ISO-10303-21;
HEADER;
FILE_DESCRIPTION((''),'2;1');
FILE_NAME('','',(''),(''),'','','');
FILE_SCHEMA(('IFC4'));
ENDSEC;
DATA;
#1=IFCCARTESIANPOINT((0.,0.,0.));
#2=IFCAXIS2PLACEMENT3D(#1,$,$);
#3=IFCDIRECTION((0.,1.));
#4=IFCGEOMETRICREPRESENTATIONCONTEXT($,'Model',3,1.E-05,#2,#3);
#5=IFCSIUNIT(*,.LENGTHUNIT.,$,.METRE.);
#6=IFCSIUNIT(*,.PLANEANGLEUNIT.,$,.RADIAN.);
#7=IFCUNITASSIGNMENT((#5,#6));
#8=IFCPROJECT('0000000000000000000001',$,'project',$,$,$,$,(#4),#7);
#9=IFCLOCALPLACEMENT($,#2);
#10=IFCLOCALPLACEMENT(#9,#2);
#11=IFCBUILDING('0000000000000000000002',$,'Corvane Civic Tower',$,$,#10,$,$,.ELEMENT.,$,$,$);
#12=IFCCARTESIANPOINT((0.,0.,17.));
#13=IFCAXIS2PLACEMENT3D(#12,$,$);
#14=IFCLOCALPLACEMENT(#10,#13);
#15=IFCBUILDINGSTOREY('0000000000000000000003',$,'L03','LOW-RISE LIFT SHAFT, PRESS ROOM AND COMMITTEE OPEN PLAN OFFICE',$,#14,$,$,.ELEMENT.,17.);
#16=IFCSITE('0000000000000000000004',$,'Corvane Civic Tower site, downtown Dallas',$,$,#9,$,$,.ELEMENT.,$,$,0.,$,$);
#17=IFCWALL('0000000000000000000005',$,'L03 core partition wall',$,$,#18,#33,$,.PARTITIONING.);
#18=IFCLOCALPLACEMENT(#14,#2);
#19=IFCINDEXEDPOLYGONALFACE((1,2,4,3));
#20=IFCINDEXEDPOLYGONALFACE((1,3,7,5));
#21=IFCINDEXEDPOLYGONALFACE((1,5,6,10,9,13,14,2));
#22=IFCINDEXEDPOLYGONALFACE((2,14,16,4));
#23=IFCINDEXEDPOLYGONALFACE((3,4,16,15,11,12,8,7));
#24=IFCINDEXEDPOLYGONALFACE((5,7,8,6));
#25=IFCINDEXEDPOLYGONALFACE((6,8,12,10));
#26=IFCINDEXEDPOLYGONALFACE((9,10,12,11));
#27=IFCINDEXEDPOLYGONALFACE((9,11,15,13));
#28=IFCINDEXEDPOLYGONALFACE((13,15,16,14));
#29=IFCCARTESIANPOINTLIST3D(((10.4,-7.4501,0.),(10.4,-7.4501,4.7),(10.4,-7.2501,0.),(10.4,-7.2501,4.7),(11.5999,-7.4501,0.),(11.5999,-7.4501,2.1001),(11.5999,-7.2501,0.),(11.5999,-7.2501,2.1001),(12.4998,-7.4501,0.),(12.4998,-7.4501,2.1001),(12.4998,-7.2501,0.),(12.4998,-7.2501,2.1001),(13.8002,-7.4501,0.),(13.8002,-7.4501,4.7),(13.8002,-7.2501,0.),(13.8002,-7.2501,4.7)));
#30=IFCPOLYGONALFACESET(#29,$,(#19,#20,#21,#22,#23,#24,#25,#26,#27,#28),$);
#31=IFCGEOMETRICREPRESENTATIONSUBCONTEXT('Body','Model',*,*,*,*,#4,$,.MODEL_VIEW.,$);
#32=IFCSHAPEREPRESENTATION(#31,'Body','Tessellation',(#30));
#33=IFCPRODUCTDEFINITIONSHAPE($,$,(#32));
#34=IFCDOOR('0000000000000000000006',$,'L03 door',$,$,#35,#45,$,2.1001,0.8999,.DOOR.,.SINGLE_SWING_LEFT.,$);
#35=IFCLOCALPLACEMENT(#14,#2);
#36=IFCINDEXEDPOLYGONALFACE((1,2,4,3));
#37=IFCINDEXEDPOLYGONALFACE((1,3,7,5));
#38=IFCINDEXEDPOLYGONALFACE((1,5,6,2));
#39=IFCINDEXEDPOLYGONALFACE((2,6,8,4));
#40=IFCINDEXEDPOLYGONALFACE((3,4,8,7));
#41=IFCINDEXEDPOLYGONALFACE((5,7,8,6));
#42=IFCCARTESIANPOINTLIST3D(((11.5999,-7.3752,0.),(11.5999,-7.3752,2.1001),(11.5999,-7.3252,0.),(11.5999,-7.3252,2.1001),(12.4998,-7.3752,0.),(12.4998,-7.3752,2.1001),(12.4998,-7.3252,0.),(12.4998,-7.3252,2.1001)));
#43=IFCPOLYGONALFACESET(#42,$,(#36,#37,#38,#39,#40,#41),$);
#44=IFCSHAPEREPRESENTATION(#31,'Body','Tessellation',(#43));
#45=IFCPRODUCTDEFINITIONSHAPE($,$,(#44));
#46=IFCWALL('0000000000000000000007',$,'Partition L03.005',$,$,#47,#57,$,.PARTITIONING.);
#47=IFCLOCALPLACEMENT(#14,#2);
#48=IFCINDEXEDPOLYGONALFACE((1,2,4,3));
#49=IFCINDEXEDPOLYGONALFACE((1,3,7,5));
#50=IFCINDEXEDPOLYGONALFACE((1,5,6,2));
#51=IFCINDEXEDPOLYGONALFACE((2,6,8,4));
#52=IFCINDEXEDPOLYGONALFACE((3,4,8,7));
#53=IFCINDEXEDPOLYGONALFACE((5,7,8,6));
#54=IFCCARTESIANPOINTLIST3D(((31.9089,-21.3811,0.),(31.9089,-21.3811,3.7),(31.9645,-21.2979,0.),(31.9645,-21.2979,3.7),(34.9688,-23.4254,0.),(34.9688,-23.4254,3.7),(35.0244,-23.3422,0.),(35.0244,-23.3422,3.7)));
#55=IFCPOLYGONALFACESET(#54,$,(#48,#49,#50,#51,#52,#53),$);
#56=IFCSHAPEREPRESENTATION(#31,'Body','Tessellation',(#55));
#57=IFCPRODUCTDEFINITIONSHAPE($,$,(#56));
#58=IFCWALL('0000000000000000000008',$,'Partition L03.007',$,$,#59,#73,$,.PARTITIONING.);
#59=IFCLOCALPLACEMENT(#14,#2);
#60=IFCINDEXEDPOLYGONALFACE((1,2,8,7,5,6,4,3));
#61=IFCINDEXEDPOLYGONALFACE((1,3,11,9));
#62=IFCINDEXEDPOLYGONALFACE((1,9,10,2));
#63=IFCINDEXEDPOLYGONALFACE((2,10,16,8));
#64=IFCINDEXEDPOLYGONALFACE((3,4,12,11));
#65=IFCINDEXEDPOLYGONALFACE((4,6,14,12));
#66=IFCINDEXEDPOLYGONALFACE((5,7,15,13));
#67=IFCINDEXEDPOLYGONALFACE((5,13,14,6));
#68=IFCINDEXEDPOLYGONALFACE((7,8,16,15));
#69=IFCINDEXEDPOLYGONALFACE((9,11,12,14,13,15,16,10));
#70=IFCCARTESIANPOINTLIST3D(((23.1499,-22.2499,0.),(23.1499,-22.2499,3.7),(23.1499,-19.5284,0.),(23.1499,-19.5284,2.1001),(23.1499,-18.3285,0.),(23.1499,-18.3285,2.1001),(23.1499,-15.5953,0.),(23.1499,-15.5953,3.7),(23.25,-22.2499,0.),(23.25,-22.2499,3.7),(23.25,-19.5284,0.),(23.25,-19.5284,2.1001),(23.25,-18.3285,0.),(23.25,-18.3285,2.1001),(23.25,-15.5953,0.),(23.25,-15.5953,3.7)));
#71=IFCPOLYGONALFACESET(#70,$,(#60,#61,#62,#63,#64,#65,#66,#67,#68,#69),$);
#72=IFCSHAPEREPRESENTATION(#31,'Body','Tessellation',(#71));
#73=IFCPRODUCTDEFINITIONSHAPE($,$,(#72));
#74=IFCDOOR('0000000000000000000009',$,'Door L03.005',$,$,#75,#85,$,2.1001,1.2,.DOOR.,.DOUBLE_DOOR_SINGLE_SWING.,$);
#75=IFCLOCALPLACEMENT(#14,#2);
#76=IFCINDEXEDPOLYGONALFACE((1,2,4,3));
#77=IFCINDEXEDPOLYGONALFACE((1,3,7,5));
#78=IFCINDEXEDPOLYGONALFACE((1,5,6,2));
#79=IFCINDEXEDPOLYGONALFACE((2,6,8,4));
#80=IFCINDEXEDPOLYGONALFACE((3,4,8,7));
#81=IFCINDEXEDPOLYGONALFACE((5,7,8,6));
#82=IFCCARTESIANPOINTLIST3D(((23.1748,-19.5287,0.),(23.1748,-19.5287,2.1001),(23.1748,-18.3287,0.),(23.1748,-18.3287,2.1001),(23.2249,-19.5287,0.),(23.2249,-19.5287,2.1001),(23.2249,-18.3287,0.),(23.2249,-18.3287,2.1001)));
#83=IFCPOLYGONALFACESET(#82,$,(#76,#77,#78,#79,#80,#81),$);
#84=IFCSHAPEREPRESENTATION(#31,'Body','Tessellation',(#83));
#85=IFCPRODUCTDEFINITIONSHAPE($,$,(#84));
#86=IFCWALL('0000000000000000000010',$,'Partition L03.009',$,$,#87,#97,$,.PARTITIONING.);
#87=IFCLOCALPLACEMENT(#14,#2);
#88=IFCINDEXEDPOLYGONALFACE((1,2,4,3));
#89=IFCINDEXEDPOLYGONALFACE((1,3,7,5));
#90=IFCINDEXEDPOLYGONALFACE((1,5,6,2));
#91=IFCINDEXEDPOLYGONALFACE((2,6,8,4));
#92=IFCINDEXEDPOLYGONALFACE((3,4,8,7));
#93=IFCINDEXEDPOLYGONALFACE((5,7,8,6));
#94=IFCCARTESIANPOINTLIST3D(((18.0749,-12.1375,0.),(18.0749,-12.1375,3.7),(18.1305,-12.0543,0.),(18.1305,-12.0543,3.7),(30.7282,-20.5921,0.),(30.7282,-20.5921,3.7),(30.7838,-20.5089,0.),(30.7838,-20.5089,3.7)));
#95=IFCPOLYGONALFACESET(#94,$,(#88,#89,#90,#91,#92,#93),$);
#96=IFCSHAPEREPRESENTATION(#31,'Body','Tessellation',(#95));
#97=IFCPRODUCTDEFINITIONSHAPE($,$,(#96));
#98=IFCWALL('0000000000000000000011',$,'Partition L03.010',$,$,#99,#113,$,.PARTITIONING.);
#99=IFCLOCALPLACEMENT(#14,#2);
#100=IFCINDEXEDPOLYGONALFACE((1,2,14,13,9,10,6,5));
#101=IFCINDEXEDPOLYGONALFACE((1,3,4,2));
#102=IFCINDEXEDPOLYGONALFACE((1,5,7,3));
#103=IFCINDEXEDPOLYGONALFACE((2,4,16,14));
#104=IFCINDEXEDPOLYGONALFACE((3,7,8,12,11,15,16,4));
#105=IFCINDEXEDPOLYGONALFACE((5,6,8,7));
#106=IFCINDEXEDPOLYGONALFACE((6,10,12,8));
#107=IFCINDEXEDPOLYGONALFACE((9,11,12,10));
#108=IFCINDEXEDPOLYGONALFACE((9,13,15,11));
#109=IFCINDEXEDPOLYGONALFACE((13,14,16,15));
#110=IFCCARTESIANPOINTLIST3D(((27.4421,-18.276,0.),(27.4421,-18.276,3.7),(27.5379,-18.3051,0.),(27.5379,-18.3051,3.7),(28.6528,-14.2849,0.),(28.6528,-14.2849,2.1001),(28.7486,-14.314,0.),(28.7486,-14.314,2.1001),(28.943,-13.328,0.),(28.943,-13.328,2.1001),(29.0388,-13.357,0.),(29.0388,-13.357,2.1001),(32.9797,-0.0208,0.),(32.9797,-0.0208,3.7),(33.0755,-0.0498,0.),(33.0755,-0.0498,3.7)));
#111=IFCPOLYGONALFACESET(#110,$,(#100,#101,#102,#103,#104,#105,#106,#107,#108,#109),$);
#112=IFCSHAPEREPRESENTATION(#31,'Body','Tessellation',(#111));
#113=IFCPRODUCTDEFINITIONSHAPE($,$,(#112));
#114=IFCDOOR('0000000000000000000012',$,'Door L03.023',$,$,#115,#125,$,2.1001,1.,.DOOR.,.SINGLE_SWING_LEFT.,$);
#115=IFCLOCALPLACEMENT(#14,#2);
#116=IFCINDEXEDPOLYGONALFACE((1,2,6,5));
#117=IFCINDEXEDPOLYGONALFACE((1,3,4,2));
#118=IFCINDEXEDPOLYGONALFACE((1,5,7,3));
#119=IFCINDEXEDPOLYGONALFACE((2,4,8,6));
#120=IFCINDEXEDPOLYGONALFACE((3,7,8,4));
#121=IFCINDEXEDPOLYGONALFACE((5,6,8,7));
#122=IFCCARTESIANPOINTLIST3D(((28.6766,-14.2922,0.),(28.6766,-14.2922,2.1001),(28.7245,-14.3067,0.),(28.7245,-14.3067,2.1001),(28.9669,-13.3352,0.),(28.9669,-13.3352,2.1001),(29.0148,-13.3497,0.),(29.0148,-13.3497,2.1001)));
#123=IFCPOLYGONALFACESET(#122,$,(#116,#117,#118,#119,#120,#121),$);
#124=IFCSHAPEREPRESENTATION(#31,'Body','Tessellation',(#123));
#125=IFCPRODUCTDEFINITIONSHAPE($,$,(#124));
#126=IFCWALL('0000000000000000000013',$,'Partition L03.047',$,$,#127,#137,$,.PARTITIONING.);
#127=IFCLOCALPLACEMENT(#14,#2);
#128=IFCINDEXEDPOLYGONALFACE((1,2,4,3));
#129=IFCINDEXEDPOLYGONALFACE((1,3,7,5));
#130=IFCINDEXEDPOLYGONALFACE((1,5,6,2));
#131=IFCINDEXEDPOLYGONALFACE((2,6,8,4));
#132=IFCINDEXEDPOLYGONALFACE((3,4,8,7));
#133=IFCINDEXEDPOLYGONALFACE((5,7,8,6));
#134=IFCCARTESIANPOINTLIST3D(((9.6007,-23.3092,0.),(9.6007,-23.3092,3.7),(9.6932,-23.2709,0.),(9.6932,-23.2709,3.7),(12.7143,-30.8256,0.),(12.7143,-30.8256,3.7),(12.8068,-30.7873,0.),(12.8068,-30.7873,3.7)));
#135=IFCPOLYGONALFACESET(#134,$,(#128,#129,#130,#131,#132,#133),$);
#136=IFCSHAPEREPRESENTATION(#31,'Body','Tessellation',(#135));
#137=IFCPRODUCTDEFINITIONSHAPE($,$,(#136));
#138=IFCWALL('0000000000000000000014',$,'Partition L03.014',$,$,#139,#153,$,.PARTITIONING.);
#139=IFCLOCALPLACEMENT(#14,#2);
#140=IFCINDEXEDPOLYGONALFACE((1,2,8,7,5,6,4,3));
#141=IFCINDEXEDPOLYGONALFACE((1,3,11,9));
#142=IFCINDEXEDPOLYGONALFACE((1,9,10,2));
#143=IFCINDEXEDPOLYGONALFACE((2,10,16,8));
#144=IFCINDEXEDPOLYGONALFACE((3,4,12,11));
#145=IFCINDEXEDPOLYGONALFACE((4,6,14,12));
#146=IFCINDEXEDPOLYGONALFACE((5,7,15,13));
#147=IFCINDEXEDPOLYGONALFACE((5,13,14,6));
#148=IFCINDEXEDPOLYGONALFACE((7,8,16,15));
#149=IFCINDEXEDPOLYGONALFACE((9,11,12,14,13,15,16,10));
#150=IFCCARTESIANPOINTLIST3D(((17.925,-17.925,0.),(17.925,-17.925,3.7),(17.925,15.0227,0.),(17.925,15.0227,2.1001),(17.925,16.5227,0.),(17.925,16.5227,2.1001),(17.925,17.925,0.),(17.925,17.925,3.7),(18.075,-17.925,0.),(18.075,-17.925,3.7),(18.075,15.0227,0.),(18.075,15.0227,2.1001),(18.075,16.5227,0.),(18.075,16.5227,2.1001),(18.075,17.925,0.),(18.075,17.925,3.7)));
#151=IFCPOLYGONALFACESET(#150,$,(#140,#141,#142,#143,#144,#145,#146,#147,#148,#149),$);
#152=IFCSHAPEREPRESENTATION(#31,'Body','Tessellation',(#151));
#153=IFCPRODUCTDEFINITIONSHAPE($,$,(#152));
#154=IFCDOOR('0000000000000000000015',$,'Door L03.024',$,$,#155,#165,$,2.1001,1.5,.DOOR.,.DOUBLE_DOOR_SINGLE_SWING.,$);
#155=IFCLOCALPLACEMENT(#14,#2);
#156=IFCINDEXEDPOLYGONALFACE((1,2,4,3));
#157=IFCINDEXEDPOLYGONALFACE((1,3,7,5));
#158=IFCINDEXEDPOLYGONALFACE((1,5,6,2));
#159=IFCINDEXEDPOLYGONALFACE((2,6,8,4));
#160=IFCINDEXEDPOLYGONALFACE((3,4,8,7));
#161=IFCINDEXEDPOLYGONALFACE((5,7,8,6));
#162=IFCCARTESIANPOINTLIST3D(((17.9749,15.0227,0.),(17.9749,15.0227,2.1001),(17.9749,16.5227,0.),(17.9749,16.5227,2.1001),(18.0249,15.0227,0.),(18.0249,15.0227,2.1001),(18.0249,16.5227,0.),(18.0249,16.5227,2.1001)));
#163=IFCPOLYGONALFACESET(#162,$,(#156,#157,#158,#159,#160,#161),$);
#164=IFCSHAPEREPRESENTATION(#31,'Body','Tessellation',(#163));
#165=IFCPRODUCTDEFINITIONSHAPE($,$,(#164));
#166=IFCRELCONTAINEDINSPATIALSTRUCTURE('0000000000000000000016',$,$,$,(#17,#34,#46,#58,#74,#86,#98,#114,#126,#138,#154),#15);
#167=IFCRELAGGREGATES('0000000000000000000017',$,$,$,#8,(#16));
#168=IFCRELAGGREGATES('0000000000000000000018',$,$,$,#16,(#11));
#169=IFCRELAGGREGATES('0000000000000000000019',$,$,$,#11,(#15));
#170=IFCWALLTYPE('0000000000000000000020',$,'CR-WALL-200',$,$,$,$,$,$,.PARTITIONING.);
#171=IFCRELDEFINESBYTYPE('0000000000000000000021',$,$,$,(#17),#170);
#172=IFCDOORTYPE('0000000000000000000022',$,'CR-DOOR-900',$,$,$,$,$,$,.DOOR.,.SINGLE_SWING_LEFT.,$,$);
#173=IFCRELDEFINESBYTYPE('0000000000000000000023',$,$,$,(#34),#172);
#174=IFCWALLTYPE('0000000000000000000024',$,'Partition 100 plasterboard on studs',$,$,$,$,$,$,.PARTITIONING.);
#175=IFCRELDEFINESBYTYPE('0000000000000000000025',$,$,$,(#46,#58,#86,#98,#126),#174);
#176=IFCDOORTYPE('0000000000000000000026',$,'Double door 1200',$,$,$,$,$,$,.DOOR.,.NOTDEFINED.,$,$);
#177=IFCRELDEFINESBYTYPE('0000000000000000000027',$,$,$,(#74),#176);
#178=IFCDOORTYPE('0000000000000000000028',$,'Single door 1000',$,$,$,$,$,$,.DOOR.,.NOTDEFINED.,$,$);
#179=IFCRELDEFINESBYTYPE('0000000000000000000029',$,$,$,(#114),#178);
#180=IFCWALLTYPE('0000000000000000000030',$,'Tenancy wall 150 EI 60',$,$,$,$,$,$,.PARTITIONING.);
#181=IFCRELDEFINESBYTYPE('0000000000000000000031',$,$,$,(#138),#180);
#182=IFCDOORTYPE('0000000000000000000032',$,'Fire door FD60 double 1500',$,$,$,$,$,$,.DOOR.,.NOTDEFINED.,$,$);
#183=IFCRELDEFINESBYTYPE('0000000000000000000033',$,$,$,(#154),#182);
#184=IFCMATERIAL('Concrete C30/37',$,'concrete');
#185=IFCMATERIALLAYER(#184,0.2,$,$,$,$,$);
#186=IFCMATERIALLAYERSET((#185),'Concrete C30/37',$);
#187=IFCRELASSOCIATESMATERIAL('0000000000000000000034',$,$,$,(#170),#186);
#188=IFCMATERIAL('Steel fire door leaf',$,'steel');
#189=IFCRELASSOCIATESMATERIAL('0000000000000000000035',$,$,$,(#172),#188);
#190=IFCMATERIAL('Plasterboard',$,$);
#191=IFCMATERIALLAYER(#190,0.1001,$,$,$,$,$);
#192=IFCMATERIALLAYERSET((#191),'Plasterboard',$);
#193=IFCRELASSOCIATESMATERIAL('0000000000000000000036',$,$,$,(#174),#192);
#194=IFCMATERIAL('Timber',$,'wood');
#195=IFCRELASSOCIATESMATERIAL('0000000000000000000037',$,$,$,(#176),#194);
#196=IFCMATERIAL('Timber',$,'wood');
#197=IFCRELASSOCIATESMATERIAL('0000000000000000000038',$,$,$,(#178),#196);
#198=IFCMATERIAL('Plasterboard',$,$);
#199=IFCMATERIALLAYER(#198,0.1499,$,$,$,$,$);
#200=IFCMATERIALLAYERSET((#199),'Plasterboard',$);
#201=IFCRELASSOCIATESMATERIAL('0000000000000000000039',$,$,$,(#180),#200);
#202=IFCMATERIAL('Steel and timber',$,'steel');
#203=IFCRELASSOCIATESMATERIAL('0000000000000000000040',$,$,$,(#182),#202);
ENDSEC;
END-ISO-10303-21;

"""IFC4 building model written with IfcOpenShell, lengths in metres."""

from ifc_helpers import new_model, si_unit, direction, frame, frame_2d, origin, place, context, subcontext, project, spatial, rectangle, extrude, material, layer, layer_set, type_object, element, fill, save


model = new_model("IFC4")

# Units and contexts
model_context = context("Model", 3, precision=1e-05, world=origin(), true_north=direction((0.0, 1.0)))
body_context = subcontext(model_context, "Body", "Model", "MODEL_VIEW")
ifc_project = project(units=[si_unit("LENGTHUNIT", "METRE"), si_unit("PLANEANGLEUNIT", "RADIAN")], contexts=[model_context])

# Site, building, storey
site_placement = place(None, origin())
site = spatial("IfcSite", under=ifc_project, at=site_placement, Name="Corvane Civic Tower site, downtown Dallas", CompositionType="ELEMENT", RefElevation=0.0)
building_placement = place(site_placement, origin())
building = spatial("IfcBuilding", under=site, at=building_placement, Name="Corvane Civic Tower", CompositionType="ELEMENT")
storey_placement = place(building_placement, frame((0.0, 0.0, 17.0)))
storey = spatial("IfcBuildingStorey", under=building, at=storey_placement, Name="L03", Description="LOW-RISE LIFT SHAFT, PRESS ROOM AND COMMITTEE OPEN PLAN OFFICE", CompositionType="ELEMENT", Elevation=17.0)

# Wall, opening, door
ifc_material_1 = material(Name="Concrete C30/37", Category="concrete")
ifc_layer_1 = layer(ifc_material_1, 0.2)
ifc_layer_set_1 = layer_set([ifc_layer_1], Name="Concrete C30/37")
wall_type_1 = type_object("IfcWallType", Name="CR-WALL-200", PredefinedType="PARTITIONING", material=ifc_layer_set_1)
wall_1_placement = place(storey_placement, frame((10.3999, -7.3501, 0.0), z_axis=(0.0, 0.0, 1.0), x_axis=(1.0, 0.0, 0.0)))
wall_1 = element("IfcWall", 1, at=wall_1_placement, inside=storey, type_object=wall_type_1, Name="L03 core partition wall", PredefinedType="PARTITIONING", context=body_context, shape_type="SweptSolid", body=[
    extrude(rectangle(XDim=3.4001, YDim=0.2, at=frame_2d((1.7002, 0.0))), origin(), (0.0, 0.0, 1.0), 4.7),
])
opening_1_placement = place(wall_1_placement, frame((1.2, 0.0, 0.0)))
opening_1 = element("IfcOpeningElement", 2, at=opening_1_placement, cuts=wall_1, PredefinedType="OPENING", context=body_context, shape_type="SweptSolid", body=[
    extrude(rectangle(XDim=0.8999, YDim=2.1001, at=frame_2d((0.45, 1.05))), frame((0.0, 0.1099, 0.0), z_axis=(0.0, -1.0, 0.0), x_axis=(1.0, 0.0, 0.0)), (0.0, 0.0, 1.0), 0.22),
])
ifc_material_2 = material(Name="Steel fire door leaf", Category="steel")
door_type_1 = type_object("IfcDoorType", Name="CR-DOOR-900", OperationType="SINGLE_SWING_LEFT", PredefinedType="DOOR", material=ifc_material_2)
door_1_placement = place(opening_1_placement, origin())
door_1 = element("IfcDoor", 3, at=door_1_placement, inside=storey, type_object=door_type_1, Name="L03 door", OperationType="SINGLE_SWING_LEFT", OverallHeight=2.1001, OverallWidth=0.8999, PredefinedType="DOOR", context=body_context, shape_type="SweptSolid", body=[
    extrude(rectangle(XDim=0.8999, YDim=2.1001, at=frame_2d((0.45, 1.05))), frame((0.0, 0.0249, 0.0), z_axis=(0.0, -1.0, 0.0), x_axis=(1.0, 0.0, 0.0)), (0.0, 0.0, 1.0), 0.05),
])
fill(opening_1, door_1)

# Wall
ifc_material_3 = material(Name="Plasterboard")
ifc_layer_2 = layer(ifc_material_3, 0.1001)
ifc_layer_set_2 = layer_set([ifc_layer_2], Name="Plasterboard")
wall_type_2 = type_object("IfcWallType", Name="Partition 100 plasterboard on studs", PredefinedType="PARTITIONING", material=ifc_layer_set_2)
wall_2_placement = place(storey_placement, frame((31.9368, -21.3396, 0.0), z_axis=(0.0, 0.0, 1.0), x_axis=(0.831509, -0.555511, 0.0)))
element("IfcWall", 4, at=wall_2_placement, inside=storey, type_object=wall_type_2, Name="Partition L03.005", PredefinedType="PARTITIONING", context=body_context, shape_type="SweptSolid", body=[
    extrude(rectangle(XDim=3.6799, YDim=0.1001, at=frame_2d((1.8398, 0.0))), origin(), (0.0, 0.0, 1.0), 3.7),
])

# Wall, opening, door
wall_3_placement = place(storey_placement, frame((23.2, -22.2498, 0.0), z_axis=(0.0, 0.0, 1.0), x_axis=(0.0, 1.0, 0.0)))
wall_3 = element("IfcWall", 5, at=wall_3_placement, inside=storey, type_object=wall_type_2, Name="Partition L03.007", PredefinedType="PARTITIONING", context=body_context, shape_type="SweptSolid", body=[
    extrude(rectangle(XDim=6.6545, YDim=0.1001, at=frame_2d((3.3271, 0.0))), origin(), (0.0, 0.0, 1.0), 3.7),
])
opening_2_placement = place(wall_3_placement, frame((2.7212, 0.0, 0.0)))
opening_2 = element("IfcOpeningElement", 6, at=opening_2_placement, cuts=wall_3, PredefinedType="OPENING", context=body_context, shape_type="SweptSolid", body=[
    extrude(rectangle(XDim=1.2, YDim=2.1001, at=frame_2d((0.6001, 1.05))), frame((0.0, 0.0601, 0.0), z_axis=(0.0, -1.0, 0.0), x_axis=(1.0, 0.0, 0.0)), (0.0, 0.0, 1.0), 0.1201),
])
ifc_material_4 = material(Name="Timber", Category="wood")
door_type_2 = type_object("IfcDoorType", Name="Double door 1200", OperationType="NOTDEFINED", PredefinedType="DOOR", material=ifc_material_4)
door_2_placement = place(opening_2_placement, frame((1.2, 0.0, 0.0), z_axis=(0.0, 0.0, 1.0), x_axis=(-1.0, 0.0, 0.0)))
door_2 = element("IfcDoor", 7, at=door_2_placement, inside=storey, type_object=door_type_2, Name="Door L03.005", OperationType="DOUBLE_DOOR_SINGLE_SWING", OverallHeight=2.1001, OverallWidth=1.2, PredefinedType="DOOR", context=body_context, shape_type="SweptSolid", body=[
    extrude(rectangle(XDim=1.2, YDim=2.1001, at=frame_2d((0.6001, 1.05))), frame((0.0, 0.0249, 0.0), z_axis=(0.0, -1.0, 0.0), x_axis=(1.0, 0.0, 0.0)), (0.0, 0.0, 1.0), 0.05),
])
fill(opening_2, door_2)

# Wall
wall_4_placement = place(storey_placement, frame((18.1028, -12.0959, 0.0), z_axis=(0.0, 0.0, 1.0), x_axis=(0.831472, -0.555566, 0.0)))
element("IfcWall", 8, at=wall_4_placement, inside=storey, type_object=wall_type_2, Name="Partition L03.009", PredefinedType="PARTITIONING", context=body_context, shape_type="SweptSolid", body=[
    extrude(rectangle(XDim=15.218, YDim=0.1001, at=frame_2d((7.6089, 0.0))), origin(), (0.0, 0.0, 1.0), 3.7),
])

# Wall, opening, door
wall_5_placement = place(storey_placement, frame((27.49, -18.2905, 0.0), z_axis=(0.0, 0.0, 1.0), x_axis=(0.290283, 0.956941, 0.0)))
wall_5 = element("IfcWall", 9, at=wall_5_placement, inside=storey, type_object=wall_type_2, Name="Partition L03.010", PredefinedType="PARTITIONING", context=body_context, shape_type="SweptSolid", body=[
    extrude(rectangle(XDim=19.0767, YDim=0.1001, at=frame_2d((9.5383, 0.0))), origin(), (0.0, 0.0, 1.0), 3.7),
])
opening_3_placement = place(wall_5_placement, frame((4.1707, 0.0, 0.0)))
opening_3 = element("IfcOpeningElement", 10, at=opening_3_placement, cuts=wall_5, PredefinedType="OPENING", context=body_context, shape_type="SweptSolid", body=[
    extrude(rectangle(XDim=1.0, YDim=2.1001, at=frame_2d((0.5, 1.05))), frame((0.0, 0.0601, 0.0), z_axis=(0.0, -1.0, 0.0), x_axis=(1.0, 0.0, 0.0)), (0.0, 0.0, 1.0), 0.1201),
])
ifc_material_5 = material(Name="Timber", Category="wood")
door_type_3 = type_object("IfcDoorType", Name="Single door 1000", OperationType="NOTDEFINED", PredefinedType="DOOR", material=ifc_material_5)
door_3_placement = place(opening_3_placement, frame((1.0, 0.0, 0.0), z_axis=(0.0, 0.0, 1.0), x_axis=(-1.0, 0.0, 0.0)))
door_3 = element("IfcDoor", 11, at=door_3_placement, inside=storey, type_object=door_type_3, Name="Door L03.023", OperationType="SINGLE_SWING_LEFT", OverallHeight=2.1001, OverallWidth=1.0, PredefinedType="DOOR", context=body_context, shape_type="SweptSolid", body=[
    extrude(rectangle(XDim=1.0, YDim=2.1001, at=frame_2d((0.5, 1.05))), frame((0.0, 0.0249, 0.0), z_axis=(0.0, -1.0, 0.0), x_axis=(1.0, 0.0, 0.0)), (0.0, 0.0, 1.0), 0.05),
])
fill(opening_3, door_3)

# Wall
wall_6_placement = place(storey_placement, frame((9.647, -23.29, 0.0), z_axis=(0.0, 0.0, 1.0), x_axis=(0.382699, -0.923873, 0.0)))
element("IfcWall", 12, at=wall_6_placement, inside=storey, type_object=wall_type_2, Name="Partition L03.047", PredefinedType="PARTITIONING", context=body_context, shape_type="SweptSolid", body=[
    extrude(rectangle(XDim=8.1357, YDim=0.1001, at=frame_2d((4.0679, 0.0))), origin(), (0.0, 0.0, 1.0), 3.7),
])

# Wall, opening, door
ifc_material_6 = material(Name="Plasterboard")
ifc_layer_3 = layer(ifc_material_6, 0.1499)
ifc_layer_set_3 = layer_set([ifc_layer_3], Name="Plasterboard")
wall_type_3 = type_object("IfcWallType", Name="Tenancy wall 150 EI 60", PredefinedType="PARTITIONING", material=ifc_layer_set_3)
wall_7_placement = place(storey_placement, frame((18.0, -17.925, 0.0), z_axis=(0.0, 0.0, 1.0), x_axis=(0.0, 1.0, 0.0)))
wall_7 = element("IfcWall", 13, at=wall_7_placement, inside=storey, type_object=wall_type_3, Name="Partition L03.014", PredefinedType="PARTITIONING", context=body_context, shape_type="SweptSolid", body=[
    extrude(rectangle(XDim=35.8501, YDim=0.1499, at=frame_2d((17.925, 0.0))), origin(), (0.0, 0.0, 1.0), 3.7),
])
opening_4_placement = place(wall_7_placement, frame((32.9478, 0.0, 0.0)))
opening_4 = element("IfcOpeningElement", 14, at=opening_4_placement, cuts=wall_7, PredefinedType="OPENING", context=body_context, shape_type="SweptSolid", body=[
    extrude(rectangle(XDim=1.5, YDim=2.1001, at=frame_2d((0.75, 1.05))), frame((0.0, 0.085, 0.0), z_axis=(0.0, -1.0, 0.0), x_axis=(1.0, 0.0, 0.0)), (0.0, 0.0, 1.0), 0.1699),
])
ifc_material_7 = material(Name="Steel and timber", Category="steel")
door_type_4 = type_object("IfcDoorType", Name="Fire door FD60 double 1500", OperationType="NOTDEFINED", PredefinedType="DOOR", material=ifc_material_7)
door_4_placement = place(opening_4_placement, frame((1.5, 0.0, 0.0), z_axis=(0.0, 0.0, 1.0), x_axis=(-1.0, 0.0, 0.0)))
door_4 = element("IfcDoor", 15, at=door_4_placement, inside=storey, type_object=door_type_4, Name="Door L03.024", OperationType="DOUBLE_DOOR_SINGLE_SWING", OverallHeight=2.1001, OverallWidth=1.5, PredefinedType="DOOR", context=body_context, shape_type="SweptSolid", body=[
    extrude(rectangle(XDim=1.5, YDim=2.1001, at=frame_2d((0.75, 1.05))), frame((0.0, 0.0249, 0.0), z_axis=(0.0, -1.0, 0.0), x_axis=(1.0, 0.0, 0.0)), (0.0, 0.0, 1.0), 0.05),
])
fill(opening_4, door_4)

save(model, "model.ifc")
